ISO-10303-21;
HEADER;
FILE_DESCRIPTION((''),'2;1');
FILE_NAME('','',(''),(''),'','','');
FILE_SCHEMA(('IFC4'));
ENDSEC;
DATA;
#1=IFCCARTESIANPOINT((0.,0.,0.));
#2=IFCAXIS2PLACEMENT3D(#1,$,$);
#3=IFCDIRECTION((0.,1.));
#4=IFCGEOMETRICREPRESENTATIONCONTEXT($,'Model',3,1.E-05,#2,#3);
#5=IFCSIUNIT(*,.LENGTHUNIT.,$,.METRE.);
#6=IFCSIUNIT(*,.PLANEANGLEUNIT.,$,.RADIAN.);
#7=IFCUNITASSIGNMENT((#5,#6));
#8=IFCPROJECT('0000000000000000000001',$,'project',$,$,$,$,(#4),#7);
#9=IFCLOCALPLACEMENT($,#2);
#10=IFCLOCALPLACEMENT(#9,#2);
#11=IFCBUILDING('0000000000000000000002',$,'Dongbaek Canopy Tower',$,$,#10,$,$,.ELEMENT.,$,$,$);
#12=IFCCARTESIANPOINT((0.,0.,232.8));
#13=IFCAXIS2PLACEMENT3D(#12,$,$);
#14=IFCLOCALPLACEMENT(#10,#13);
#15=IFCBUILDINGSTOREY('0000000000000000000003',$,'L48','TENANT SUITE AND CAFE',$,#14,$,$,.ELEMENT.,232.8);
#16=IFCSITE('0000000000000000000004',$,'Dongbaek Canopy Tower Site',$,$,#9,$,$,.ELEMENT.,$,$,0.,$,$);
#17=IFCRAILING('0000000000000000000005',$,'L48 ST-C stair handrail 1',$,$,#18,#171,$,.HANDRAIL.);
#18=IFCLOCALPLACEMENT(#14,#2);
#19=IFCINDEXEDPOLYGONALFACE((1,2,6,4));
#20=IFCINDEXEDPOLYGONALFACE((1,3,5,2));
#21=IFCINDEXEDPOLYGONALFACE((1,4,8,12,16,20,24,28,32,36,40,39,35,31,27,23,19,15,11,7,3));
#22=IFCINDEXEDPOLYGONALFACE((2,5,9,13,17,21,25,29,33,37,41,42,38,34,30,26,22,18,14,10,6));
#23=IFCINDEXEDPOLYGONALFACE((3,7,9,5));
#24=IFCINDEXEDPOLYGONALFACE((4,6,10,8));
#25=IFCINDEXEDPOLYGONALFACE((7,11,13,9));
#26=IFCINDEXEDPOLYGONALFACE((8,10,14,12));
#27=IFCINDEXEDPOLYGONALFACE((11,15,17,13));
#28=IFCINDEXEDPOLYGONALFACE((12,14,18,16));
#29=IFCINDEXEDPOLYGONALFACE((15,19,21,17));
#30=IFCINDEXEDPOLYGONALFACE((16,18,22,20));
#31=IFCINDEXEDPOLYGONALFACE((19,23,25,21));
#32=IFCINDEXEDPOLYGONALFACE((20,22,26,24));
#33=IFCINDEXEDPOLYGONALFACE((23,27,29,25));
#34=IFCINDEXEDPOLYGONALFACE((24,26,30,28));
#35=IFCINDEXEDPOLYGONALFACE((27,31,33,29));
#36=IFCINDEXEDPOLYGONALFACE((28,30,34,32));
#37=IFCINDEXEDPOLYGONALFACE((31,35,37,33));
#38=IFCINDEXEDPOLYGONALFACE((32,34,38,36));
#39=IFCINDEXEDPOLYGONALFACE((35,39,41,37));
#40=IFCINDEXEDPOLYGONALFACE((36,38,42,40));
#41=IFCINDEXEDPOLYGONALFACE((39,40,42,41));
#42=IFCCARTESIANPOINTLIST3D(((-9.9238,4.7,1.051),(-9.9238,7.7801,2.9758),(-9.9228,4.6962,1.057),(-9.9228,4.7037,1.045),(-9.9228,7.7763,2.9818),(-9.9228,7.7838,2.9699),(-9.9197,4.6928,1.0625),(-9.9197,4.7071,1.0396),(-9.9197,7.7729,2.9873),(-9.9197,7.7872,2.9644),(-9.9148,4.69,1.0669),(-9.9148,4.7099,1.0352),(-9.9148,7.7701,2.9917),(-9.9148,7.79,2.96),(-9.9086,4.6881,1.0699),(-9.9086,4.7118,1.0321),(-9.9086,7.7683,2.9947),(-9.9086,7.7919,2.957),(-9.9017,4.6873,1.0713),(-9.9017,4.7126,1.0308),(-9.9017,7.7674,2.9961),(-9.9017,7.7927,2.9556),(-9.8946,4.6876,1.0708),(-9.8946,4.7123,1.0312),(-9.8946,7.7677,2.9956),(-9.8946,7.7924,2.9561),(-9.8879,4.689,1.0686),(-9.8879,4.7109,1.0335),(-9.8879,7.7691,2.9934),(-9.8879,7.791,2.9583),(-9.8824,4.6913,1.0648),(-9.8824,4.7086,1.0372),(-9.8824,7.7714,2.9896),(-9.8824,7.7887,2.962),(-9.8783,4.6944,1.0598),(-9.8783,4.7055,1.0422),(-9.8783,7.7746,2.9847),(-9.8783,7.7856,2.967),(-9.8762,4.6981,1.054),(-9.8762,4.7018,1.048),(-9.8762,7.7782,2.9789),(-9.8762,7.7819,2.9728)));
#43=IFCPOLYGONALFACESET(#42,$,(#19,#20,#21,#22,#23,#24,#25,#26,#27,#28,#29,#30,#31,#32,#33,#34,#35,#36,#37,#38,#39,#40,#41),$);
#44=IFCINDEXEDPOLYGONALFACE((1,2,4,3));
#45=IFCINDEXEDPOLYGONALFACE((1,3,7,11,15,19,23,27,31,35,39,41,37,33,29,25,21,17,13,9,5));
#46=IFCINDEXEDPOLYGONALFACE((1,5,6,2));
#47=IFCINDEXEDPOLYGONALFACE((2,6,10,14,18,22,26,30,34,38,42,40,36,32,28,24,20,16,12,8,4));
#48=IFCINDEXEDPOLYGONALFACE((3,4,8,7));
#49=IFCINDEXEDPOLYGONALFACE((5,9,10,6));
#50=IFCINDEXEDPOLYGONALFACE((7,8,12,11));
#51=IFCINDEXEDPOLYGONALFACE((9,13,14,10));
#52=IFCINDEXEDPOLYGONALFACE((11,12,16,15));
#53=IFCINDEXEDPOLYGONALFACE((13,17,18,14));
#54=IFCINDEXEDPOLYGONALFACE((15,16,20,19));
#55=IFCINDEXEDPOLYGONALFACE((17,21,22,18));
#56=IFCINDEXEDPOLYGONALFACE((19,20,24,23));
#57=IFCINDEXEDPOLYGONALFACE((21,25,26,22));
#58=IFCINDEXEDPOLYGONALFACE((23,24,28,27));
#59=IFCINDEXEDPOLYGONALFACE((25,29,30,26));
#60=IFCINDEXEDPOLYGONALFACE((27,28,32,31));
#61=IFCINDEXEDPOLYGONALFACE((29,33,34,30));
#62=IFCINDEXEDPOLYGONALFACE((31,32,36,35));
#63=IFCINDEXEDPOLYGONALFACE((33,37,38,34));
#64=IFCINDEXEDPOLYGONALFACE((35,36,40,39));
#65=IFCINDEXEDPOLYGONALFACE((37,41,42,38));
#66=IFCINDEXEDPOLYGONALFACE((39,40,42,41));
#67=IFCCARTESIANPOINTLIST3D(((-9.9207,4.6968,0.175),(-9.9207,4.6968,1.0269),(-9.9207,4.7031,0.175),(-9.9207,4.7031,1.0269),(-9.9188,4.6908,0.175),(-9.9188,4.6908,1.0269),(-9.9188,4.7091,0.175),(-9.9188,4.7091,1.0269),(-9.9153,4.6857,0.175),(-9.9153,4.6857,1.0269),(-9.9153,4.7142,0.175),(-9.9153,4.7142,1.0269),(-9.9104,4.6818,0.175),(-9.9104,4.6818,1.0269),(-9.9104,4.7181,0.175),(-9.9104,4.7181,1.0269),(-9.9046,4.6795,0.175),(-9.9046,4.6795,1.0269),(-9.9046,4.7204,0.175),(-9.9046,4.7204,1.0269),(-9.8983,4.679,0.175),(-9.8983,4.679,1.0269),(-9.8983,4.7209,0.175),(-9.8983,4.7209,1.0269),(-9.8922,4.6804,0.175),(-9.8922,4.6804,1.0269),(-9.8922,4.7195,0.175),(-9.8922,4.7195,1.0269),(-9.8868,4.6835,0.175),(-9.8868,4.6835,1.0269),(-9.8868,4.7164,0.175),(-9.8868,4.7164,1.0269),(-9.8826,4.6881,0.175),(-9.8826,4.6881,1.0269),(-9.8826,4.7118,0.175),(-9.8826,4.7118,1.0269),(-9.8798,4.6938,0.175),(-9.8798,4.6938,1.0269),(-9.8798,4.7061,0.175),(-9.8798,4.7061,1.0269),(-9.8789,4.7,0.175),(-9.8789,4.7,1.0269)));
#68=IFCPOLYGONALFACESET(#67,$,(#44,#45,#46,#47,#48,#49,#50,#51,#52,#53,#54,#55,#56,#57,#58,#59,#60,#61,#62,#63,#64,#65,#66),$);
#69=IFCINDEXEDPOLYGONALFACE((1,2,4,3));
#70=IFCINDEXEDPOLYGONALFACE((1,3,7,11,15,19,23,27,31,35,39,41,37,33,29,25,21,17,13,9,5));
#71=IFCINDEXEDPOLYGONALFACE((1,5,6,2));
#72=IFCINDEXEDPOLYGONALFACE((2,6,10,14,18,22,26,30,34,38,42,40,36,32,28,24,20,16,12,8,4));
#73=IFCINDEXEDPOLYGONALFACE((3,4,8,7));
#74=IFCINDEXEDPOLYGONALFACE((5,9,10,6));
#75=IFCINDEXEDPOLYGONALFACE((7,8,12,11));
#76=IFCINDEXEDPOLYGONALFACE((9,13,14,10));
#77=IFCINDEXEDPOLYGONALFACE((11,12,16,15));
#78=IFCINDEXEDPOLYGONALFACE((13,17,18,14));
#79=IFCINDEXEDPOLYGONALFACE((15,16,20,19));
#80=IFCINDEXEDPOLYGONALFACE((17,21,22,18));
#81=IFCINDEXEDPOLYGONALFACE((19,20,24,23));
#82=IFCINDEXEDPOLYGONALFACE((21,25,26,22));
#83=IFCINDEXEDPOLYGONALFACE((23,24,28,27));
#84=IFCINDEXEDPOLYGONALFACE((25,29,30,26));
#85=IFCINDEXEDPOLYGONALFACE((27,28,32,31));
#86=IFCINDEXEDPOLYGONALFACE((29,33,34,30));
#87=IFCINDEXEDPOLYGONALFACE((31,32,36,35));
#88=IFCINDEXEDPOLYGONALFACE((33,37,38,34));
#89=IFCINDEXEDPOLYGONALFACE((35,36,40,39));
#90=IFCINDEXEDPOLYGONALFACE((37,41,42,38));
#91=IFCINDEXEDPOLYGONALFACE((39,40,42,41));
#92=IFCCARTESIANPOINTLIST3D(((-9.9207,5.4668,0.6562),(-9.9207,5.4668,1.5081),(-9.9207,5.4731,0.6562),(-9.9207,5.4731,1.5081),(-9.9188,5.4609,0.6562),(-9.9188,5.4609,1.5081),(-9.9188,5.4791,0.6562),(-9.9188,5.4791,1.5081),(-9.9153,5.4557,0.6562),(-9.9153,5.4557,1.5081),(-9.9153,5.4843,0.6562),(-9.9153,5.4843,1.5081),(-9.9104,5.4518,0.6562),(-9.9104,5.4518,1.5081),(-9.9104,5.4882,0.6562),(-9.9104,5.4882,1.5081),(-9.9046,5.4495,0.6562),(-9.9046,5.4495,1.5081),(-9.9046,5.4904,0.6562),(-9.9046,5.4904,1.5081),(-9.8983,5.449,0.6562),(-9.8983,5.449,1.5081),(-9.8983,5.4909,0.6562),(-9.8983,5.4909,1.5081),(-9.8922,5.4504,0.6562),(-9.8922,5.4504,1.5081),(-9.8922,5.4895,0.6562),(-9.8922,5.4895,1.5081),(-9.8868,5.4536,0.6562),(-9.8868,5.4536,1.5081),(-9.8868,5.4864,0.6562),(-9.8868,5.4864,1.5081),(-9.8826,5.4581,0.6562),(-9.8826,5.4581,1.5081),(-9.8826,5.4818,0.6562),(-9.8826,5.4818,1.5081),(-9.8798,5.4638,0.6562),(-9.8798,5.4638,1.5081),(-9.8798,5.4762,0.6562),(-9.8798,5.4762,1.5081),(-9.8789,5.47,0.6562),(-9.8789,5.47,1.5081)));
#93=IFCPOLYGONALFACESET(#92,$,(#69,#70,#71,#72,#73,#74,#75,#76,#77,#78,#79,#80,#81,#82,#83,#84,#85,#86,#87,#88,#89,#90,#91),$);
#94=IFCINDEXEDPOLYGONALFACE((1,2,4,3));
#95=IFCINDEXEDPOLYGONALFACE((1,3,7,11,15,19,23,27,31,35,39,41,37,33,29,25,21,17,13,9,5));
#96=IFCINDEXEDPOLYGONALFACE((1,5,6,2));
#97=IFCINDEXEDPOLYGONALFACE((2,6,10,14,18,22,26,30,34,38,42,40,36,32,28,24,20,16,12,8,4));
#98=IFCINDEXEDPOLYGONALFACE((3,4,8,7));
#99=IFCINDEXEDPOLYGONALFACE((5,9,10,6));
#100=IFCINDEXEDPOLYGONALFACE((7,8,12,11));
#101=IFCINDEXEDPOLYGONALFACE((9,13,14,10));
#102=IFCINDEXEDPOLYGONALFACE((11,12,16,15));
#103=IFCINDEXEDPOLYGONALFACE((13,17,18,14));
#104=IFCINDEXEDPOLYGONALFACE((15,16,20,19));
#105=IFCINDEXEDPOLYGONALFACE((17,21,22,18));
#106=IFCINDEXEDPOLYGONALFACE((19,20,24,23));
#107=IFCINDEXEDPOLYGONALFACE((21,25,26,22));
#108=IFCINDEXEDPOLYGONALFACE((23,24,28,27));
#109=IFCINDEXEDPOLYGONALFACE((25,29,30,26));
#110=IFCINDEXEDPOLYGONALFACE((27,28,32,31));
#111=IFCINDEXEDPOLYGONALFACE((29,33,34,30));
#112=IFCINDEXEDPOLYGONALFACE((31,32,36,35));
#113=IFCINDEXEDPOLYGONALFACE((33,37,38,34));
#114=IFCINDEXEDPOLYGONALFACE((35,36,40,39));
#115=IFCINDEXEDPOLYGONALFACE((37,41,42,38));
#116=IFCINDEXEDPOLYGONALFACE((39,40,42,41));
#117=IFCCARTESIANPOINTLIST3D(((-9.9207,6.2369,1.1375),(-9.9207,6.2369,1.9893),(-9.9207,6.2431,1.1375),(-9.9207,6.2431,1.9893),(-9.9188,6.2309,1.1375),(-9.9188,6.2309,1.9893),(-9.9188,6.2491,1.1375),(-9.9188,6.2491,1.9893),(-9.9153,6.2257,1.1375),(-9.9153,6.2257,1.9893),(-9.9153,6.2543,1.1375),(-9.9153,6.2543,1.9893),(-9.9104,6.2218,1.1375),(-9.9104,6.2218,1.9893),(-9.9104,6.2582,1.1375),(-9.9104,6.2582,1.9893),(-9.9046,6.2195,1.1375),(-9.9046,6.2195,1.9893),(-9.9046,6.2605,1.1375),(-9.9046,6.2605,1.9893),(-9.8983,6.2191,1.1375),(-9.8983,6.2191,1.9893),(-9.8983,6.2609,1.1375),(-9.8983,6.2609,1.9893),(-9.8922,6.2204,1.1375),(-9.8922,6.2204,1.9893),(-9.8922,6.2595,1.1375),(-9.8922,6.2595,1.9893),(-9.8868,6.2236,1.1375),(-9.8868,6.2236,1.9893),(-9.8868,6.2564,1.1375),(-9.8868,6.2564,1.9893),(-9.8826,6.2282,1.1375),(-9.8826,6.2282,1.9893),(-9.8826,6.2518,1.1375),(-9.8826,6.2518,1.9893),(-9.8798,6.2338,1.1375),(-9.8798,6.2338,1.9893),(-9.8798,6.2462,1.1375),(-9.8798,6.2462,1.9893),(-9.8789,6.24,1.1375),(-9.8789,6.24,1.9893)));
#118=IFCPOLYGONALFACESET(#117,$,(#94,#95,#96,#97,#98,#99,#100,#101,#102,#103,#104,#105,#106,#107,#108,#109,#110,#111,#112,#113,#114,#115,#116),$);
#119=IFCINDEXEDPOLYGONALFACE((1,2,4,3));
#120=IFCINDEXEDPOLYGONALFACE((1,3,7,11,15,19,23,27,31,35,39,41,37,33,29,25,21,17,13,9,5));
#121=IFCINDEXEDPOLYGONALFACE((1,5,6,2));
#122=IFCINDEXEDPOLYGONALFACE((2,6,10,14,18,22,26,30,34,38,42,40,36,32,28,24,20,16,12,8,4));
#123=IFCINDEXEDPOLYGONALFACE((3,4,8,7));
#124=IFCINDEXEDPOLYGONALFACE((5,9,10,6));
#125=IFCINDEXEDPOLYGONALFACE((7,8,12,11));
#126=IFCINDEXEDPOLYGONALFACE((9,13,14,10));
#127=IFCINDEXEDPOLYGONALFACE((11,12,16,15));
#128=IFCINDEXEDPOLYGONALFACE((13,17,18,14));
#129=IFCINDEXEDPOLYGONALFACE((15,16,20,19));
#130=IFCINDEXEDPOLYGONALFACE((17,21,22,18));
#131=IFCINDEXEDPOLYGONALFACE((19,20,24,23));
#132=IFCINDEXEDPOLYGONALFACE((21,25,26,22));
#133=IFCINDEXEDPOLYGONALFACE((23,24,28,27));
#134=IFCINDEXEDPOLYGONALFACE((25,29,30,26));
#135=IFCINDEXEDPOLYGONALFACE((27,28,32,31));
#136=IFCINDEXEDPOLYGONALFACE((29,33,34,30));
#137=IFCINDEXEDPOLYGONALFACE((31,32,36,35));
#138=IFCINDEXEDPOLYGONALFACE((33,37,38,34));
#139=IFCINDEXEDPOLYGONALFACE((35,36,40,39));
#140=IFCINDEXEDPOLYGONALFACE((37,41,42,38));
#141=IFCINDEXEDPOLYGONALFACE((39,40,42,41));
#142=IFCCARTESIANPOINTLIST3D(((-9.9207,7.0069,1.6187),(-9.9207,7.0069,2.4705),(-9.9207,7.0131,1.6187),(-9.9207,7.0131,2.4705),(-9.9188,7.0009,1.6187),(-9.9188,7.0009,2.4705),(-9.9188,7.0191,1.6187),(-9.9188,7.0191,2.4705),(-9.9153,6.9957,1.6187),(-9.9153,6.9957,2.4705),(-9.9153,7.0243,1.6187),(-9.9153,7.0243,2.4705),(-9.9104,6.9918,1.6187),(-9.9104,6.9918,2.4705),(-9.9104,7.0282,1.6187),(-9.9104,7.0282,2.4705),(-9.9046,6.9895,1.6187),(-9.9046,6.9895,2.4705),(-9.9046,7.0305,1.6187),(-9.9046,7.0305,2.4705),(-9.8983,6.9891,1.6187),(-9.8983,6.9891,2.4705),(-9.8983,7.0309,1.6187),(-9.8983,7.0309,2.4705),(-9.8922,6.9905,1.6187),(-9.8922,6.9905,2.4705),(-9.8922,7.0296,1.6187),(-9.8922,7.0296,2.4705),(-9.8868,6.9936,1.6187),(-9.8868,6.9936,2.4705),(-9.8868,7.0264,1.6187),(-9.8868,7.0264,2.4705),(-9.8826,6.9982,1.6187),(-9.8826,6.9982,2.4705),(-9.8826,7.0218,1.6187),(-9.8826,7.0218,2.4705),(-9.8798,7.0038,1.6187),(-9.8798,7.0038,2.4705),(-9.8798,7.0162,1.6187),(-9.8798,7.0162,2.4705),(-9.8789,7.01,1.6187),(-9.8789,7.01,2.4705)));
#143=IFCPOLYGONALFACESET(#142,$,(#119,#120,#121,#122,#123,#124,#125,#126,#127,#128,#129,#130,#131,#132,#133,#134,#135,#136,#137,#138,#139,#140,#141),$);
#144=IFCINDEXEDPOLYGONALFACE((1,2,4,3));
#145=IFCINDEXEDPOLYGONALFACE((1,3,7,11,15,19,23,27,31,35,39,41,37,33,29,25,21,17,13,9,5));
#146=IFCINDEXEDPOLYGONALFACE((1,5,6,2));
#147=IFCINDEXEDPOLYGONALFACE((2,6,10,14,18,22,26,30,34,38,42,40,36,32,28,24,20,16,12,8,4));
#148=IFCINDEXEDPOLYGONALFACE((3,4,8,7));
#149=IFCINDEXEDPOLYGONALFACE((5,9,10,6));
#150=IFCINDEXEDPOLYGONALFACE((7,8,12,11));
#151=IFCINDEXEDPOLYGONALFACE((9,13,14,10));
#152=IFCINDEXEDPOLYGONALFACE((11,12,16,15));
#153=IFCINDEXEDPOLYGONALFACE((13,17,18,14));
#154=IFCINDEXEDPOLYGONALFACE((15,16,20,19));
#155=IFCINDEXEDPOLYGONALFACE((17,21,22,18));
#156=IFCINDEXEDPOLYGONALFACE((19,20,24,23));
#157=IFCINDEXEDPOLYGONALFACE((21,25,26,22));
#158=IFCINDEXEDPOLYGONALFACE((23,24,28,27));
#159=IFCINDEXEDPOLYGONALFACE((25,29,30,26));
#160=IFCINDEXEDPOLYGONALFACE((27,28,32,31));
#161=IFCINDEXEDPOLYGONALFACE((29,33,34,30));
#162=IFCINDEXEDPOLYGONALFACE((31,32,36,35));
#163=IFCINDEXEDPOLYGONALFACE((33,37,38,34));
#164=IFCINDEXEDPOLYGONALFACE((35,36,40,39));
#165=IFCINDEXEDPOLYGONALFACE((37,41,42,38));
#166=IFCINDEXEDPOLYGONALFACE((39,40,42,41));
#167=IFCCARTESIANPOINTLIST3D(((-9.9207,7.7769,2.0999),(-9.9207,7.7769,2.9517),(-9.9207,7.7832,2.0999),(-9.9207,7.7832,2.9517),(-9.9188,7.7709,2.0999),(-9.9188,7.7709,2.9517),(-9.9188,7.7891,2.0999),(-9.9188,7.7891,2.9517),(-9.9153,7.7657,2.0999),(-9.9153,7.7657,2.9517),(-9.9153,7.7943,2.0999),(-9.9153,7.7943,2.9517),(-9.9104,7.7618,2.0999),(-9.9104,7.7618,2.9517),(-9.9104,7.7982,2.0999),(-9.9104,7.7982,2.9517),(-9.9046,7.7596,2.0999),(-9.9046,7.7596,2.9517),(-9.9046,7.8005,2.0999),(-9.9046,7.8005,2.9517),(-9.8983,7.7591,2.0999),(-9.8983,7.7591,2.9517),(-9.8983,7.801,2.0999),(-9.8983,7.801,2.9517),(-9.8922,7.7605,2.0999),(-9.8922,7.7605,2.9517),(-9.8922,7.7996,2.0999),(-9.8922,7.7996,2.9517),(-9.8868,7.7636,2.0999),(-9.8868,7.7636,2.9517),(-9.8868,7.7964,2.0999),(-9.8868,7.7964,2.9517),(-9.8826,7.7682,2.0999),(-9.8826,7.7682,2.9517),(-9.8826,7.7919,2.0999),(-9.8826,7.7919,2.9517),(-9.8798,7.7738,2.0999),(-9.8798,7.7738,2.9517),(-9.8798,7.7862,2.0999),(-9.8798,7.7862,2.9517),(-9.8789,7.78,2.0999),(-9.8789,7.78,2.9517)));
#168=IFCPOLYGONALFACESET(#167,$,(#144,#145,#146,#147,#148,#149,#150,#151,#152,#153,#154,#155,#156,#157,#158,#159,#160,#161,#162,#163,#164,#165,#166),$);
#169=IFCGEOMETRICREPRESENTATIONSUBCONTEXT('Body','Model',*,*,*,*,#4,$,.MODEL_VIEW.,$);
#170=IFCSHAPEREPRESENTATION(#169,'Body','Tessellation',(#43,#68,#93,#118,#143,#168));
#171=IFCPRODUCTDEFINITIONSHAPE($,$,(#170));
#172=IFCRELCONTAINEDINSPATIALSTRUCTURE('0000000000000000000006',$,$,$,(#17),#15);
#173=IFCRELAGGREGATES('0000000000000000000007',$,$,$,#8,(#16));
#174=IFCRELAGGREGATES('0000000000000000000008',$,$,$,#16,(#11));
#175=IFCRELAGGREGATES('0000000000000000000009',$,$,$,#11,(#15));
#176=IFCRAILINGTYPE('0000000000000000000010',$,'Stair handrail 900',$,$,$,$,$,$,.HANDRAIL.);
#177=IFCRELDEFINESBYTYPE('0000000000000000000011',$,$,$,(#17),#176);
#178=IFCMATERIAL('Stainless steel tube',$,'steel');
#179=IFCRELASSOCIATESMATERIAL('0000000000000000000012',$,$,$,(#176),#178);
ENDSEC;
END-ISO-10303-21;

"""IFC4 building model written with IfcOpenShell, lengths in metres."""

from ifc_helpers import new_model, si_unit, direction, frame, origin, origin_2d, place, context, subcontext, project, spatial, circle, extrude, material, type_object, element, save


model = new_model("IFC4")

# Units and contexts
model_context = context("Model", 3, precision=1e-05, world=origin(), true_north=direction((0.0, 1.0)))
body_context = subcontext(model_context, "Body", "Model", "MODEL_VIEW")
ifc_project = project(units=[si_unit("LENGTHUNIT", "METRE"), si_unit("PLANEANGLEUNIT", "RADIAN")], contexts=[model_context])

# Site, building, storey
site_placement = place(None, origin())
site = spatial("IfcSite", under=ifc_project, at=site_placement, Name="Dongbaek Canopy Tower Site", CompositionType="ELEMENT", RefElevation=0.0)
building_placement = place(site_placement, origin())
building = spatial("IfcBuilding", under=site, at=building_placement, Name="Dongbaek Canopy Tower", CompositionType="ELEMENT")
storey_placement = place(building_placement, frame((0.0, 0.0, 232.8)))
storey = spatial("IfcBuildingStorey", under=building, at=storey_placement, Name="L48", Description="TENANT SUITE AND CAFE", CompositionType="ELEMENT", Elevation=232.8)

# Railing
ifc_material_1 = material(Name="Stainless steel tube", Category="steel")
railing_type_1 = type_object("IfcRailingType", Name="Stair handrail 900", PredefinedType="HANDRAIL", material=ifc_material_1)
railing_1_placement = place(storey_placement, frame((-9.8999, 4.7, 0.175)))
element("IfcRailing", 1, at=railing_1_placement, inside=storey, type_object=railing_type_1, Name="L48 ST-C stair handrail 1", PredefinedType="HANDRAIL", context=body_context, shape_type="SweptSolid", body=[
    extrude(circle(Radius=0.0239, at=origin_2d()), frame((0.0, 0.0, 0.876), z_axis=(0.0, 0.848029, 0.529951), x_axis=(-1.0, 0.0, 0.0)), (0.0, 0.0, 1.0), 3.6321),
    extrude(circle(Radius=0.021, at=origin_2d()), origin(), (0.0, 0.0, 1.0), 0.8518),
    extrude(circle(Radius=0.021, at=origin_2d()), frame((0.0, 0.77, 0.4812)), (0.0, 0.0, 1.0), 0.8518),
    extrude(circle(Radius=0.021, at=origin_2d()), frame((0.0, 1.54, 0.9624)), (0.0, 0.0, 1.0), 0.8518),
    extrude(circle(Radius=0.021, at=origin_2d()), frame((0.0, 2.3101, 1.4436)), (0.0, 0.0, 1.0), 0.8518),
    extrude(circle(Radius=0.021, at=origin_2d()), frame((0.0, 3.0801, 1.9248)), (0.0, 0.0, 1.0), 0.8518),
])

save(model, "model.ifc")
